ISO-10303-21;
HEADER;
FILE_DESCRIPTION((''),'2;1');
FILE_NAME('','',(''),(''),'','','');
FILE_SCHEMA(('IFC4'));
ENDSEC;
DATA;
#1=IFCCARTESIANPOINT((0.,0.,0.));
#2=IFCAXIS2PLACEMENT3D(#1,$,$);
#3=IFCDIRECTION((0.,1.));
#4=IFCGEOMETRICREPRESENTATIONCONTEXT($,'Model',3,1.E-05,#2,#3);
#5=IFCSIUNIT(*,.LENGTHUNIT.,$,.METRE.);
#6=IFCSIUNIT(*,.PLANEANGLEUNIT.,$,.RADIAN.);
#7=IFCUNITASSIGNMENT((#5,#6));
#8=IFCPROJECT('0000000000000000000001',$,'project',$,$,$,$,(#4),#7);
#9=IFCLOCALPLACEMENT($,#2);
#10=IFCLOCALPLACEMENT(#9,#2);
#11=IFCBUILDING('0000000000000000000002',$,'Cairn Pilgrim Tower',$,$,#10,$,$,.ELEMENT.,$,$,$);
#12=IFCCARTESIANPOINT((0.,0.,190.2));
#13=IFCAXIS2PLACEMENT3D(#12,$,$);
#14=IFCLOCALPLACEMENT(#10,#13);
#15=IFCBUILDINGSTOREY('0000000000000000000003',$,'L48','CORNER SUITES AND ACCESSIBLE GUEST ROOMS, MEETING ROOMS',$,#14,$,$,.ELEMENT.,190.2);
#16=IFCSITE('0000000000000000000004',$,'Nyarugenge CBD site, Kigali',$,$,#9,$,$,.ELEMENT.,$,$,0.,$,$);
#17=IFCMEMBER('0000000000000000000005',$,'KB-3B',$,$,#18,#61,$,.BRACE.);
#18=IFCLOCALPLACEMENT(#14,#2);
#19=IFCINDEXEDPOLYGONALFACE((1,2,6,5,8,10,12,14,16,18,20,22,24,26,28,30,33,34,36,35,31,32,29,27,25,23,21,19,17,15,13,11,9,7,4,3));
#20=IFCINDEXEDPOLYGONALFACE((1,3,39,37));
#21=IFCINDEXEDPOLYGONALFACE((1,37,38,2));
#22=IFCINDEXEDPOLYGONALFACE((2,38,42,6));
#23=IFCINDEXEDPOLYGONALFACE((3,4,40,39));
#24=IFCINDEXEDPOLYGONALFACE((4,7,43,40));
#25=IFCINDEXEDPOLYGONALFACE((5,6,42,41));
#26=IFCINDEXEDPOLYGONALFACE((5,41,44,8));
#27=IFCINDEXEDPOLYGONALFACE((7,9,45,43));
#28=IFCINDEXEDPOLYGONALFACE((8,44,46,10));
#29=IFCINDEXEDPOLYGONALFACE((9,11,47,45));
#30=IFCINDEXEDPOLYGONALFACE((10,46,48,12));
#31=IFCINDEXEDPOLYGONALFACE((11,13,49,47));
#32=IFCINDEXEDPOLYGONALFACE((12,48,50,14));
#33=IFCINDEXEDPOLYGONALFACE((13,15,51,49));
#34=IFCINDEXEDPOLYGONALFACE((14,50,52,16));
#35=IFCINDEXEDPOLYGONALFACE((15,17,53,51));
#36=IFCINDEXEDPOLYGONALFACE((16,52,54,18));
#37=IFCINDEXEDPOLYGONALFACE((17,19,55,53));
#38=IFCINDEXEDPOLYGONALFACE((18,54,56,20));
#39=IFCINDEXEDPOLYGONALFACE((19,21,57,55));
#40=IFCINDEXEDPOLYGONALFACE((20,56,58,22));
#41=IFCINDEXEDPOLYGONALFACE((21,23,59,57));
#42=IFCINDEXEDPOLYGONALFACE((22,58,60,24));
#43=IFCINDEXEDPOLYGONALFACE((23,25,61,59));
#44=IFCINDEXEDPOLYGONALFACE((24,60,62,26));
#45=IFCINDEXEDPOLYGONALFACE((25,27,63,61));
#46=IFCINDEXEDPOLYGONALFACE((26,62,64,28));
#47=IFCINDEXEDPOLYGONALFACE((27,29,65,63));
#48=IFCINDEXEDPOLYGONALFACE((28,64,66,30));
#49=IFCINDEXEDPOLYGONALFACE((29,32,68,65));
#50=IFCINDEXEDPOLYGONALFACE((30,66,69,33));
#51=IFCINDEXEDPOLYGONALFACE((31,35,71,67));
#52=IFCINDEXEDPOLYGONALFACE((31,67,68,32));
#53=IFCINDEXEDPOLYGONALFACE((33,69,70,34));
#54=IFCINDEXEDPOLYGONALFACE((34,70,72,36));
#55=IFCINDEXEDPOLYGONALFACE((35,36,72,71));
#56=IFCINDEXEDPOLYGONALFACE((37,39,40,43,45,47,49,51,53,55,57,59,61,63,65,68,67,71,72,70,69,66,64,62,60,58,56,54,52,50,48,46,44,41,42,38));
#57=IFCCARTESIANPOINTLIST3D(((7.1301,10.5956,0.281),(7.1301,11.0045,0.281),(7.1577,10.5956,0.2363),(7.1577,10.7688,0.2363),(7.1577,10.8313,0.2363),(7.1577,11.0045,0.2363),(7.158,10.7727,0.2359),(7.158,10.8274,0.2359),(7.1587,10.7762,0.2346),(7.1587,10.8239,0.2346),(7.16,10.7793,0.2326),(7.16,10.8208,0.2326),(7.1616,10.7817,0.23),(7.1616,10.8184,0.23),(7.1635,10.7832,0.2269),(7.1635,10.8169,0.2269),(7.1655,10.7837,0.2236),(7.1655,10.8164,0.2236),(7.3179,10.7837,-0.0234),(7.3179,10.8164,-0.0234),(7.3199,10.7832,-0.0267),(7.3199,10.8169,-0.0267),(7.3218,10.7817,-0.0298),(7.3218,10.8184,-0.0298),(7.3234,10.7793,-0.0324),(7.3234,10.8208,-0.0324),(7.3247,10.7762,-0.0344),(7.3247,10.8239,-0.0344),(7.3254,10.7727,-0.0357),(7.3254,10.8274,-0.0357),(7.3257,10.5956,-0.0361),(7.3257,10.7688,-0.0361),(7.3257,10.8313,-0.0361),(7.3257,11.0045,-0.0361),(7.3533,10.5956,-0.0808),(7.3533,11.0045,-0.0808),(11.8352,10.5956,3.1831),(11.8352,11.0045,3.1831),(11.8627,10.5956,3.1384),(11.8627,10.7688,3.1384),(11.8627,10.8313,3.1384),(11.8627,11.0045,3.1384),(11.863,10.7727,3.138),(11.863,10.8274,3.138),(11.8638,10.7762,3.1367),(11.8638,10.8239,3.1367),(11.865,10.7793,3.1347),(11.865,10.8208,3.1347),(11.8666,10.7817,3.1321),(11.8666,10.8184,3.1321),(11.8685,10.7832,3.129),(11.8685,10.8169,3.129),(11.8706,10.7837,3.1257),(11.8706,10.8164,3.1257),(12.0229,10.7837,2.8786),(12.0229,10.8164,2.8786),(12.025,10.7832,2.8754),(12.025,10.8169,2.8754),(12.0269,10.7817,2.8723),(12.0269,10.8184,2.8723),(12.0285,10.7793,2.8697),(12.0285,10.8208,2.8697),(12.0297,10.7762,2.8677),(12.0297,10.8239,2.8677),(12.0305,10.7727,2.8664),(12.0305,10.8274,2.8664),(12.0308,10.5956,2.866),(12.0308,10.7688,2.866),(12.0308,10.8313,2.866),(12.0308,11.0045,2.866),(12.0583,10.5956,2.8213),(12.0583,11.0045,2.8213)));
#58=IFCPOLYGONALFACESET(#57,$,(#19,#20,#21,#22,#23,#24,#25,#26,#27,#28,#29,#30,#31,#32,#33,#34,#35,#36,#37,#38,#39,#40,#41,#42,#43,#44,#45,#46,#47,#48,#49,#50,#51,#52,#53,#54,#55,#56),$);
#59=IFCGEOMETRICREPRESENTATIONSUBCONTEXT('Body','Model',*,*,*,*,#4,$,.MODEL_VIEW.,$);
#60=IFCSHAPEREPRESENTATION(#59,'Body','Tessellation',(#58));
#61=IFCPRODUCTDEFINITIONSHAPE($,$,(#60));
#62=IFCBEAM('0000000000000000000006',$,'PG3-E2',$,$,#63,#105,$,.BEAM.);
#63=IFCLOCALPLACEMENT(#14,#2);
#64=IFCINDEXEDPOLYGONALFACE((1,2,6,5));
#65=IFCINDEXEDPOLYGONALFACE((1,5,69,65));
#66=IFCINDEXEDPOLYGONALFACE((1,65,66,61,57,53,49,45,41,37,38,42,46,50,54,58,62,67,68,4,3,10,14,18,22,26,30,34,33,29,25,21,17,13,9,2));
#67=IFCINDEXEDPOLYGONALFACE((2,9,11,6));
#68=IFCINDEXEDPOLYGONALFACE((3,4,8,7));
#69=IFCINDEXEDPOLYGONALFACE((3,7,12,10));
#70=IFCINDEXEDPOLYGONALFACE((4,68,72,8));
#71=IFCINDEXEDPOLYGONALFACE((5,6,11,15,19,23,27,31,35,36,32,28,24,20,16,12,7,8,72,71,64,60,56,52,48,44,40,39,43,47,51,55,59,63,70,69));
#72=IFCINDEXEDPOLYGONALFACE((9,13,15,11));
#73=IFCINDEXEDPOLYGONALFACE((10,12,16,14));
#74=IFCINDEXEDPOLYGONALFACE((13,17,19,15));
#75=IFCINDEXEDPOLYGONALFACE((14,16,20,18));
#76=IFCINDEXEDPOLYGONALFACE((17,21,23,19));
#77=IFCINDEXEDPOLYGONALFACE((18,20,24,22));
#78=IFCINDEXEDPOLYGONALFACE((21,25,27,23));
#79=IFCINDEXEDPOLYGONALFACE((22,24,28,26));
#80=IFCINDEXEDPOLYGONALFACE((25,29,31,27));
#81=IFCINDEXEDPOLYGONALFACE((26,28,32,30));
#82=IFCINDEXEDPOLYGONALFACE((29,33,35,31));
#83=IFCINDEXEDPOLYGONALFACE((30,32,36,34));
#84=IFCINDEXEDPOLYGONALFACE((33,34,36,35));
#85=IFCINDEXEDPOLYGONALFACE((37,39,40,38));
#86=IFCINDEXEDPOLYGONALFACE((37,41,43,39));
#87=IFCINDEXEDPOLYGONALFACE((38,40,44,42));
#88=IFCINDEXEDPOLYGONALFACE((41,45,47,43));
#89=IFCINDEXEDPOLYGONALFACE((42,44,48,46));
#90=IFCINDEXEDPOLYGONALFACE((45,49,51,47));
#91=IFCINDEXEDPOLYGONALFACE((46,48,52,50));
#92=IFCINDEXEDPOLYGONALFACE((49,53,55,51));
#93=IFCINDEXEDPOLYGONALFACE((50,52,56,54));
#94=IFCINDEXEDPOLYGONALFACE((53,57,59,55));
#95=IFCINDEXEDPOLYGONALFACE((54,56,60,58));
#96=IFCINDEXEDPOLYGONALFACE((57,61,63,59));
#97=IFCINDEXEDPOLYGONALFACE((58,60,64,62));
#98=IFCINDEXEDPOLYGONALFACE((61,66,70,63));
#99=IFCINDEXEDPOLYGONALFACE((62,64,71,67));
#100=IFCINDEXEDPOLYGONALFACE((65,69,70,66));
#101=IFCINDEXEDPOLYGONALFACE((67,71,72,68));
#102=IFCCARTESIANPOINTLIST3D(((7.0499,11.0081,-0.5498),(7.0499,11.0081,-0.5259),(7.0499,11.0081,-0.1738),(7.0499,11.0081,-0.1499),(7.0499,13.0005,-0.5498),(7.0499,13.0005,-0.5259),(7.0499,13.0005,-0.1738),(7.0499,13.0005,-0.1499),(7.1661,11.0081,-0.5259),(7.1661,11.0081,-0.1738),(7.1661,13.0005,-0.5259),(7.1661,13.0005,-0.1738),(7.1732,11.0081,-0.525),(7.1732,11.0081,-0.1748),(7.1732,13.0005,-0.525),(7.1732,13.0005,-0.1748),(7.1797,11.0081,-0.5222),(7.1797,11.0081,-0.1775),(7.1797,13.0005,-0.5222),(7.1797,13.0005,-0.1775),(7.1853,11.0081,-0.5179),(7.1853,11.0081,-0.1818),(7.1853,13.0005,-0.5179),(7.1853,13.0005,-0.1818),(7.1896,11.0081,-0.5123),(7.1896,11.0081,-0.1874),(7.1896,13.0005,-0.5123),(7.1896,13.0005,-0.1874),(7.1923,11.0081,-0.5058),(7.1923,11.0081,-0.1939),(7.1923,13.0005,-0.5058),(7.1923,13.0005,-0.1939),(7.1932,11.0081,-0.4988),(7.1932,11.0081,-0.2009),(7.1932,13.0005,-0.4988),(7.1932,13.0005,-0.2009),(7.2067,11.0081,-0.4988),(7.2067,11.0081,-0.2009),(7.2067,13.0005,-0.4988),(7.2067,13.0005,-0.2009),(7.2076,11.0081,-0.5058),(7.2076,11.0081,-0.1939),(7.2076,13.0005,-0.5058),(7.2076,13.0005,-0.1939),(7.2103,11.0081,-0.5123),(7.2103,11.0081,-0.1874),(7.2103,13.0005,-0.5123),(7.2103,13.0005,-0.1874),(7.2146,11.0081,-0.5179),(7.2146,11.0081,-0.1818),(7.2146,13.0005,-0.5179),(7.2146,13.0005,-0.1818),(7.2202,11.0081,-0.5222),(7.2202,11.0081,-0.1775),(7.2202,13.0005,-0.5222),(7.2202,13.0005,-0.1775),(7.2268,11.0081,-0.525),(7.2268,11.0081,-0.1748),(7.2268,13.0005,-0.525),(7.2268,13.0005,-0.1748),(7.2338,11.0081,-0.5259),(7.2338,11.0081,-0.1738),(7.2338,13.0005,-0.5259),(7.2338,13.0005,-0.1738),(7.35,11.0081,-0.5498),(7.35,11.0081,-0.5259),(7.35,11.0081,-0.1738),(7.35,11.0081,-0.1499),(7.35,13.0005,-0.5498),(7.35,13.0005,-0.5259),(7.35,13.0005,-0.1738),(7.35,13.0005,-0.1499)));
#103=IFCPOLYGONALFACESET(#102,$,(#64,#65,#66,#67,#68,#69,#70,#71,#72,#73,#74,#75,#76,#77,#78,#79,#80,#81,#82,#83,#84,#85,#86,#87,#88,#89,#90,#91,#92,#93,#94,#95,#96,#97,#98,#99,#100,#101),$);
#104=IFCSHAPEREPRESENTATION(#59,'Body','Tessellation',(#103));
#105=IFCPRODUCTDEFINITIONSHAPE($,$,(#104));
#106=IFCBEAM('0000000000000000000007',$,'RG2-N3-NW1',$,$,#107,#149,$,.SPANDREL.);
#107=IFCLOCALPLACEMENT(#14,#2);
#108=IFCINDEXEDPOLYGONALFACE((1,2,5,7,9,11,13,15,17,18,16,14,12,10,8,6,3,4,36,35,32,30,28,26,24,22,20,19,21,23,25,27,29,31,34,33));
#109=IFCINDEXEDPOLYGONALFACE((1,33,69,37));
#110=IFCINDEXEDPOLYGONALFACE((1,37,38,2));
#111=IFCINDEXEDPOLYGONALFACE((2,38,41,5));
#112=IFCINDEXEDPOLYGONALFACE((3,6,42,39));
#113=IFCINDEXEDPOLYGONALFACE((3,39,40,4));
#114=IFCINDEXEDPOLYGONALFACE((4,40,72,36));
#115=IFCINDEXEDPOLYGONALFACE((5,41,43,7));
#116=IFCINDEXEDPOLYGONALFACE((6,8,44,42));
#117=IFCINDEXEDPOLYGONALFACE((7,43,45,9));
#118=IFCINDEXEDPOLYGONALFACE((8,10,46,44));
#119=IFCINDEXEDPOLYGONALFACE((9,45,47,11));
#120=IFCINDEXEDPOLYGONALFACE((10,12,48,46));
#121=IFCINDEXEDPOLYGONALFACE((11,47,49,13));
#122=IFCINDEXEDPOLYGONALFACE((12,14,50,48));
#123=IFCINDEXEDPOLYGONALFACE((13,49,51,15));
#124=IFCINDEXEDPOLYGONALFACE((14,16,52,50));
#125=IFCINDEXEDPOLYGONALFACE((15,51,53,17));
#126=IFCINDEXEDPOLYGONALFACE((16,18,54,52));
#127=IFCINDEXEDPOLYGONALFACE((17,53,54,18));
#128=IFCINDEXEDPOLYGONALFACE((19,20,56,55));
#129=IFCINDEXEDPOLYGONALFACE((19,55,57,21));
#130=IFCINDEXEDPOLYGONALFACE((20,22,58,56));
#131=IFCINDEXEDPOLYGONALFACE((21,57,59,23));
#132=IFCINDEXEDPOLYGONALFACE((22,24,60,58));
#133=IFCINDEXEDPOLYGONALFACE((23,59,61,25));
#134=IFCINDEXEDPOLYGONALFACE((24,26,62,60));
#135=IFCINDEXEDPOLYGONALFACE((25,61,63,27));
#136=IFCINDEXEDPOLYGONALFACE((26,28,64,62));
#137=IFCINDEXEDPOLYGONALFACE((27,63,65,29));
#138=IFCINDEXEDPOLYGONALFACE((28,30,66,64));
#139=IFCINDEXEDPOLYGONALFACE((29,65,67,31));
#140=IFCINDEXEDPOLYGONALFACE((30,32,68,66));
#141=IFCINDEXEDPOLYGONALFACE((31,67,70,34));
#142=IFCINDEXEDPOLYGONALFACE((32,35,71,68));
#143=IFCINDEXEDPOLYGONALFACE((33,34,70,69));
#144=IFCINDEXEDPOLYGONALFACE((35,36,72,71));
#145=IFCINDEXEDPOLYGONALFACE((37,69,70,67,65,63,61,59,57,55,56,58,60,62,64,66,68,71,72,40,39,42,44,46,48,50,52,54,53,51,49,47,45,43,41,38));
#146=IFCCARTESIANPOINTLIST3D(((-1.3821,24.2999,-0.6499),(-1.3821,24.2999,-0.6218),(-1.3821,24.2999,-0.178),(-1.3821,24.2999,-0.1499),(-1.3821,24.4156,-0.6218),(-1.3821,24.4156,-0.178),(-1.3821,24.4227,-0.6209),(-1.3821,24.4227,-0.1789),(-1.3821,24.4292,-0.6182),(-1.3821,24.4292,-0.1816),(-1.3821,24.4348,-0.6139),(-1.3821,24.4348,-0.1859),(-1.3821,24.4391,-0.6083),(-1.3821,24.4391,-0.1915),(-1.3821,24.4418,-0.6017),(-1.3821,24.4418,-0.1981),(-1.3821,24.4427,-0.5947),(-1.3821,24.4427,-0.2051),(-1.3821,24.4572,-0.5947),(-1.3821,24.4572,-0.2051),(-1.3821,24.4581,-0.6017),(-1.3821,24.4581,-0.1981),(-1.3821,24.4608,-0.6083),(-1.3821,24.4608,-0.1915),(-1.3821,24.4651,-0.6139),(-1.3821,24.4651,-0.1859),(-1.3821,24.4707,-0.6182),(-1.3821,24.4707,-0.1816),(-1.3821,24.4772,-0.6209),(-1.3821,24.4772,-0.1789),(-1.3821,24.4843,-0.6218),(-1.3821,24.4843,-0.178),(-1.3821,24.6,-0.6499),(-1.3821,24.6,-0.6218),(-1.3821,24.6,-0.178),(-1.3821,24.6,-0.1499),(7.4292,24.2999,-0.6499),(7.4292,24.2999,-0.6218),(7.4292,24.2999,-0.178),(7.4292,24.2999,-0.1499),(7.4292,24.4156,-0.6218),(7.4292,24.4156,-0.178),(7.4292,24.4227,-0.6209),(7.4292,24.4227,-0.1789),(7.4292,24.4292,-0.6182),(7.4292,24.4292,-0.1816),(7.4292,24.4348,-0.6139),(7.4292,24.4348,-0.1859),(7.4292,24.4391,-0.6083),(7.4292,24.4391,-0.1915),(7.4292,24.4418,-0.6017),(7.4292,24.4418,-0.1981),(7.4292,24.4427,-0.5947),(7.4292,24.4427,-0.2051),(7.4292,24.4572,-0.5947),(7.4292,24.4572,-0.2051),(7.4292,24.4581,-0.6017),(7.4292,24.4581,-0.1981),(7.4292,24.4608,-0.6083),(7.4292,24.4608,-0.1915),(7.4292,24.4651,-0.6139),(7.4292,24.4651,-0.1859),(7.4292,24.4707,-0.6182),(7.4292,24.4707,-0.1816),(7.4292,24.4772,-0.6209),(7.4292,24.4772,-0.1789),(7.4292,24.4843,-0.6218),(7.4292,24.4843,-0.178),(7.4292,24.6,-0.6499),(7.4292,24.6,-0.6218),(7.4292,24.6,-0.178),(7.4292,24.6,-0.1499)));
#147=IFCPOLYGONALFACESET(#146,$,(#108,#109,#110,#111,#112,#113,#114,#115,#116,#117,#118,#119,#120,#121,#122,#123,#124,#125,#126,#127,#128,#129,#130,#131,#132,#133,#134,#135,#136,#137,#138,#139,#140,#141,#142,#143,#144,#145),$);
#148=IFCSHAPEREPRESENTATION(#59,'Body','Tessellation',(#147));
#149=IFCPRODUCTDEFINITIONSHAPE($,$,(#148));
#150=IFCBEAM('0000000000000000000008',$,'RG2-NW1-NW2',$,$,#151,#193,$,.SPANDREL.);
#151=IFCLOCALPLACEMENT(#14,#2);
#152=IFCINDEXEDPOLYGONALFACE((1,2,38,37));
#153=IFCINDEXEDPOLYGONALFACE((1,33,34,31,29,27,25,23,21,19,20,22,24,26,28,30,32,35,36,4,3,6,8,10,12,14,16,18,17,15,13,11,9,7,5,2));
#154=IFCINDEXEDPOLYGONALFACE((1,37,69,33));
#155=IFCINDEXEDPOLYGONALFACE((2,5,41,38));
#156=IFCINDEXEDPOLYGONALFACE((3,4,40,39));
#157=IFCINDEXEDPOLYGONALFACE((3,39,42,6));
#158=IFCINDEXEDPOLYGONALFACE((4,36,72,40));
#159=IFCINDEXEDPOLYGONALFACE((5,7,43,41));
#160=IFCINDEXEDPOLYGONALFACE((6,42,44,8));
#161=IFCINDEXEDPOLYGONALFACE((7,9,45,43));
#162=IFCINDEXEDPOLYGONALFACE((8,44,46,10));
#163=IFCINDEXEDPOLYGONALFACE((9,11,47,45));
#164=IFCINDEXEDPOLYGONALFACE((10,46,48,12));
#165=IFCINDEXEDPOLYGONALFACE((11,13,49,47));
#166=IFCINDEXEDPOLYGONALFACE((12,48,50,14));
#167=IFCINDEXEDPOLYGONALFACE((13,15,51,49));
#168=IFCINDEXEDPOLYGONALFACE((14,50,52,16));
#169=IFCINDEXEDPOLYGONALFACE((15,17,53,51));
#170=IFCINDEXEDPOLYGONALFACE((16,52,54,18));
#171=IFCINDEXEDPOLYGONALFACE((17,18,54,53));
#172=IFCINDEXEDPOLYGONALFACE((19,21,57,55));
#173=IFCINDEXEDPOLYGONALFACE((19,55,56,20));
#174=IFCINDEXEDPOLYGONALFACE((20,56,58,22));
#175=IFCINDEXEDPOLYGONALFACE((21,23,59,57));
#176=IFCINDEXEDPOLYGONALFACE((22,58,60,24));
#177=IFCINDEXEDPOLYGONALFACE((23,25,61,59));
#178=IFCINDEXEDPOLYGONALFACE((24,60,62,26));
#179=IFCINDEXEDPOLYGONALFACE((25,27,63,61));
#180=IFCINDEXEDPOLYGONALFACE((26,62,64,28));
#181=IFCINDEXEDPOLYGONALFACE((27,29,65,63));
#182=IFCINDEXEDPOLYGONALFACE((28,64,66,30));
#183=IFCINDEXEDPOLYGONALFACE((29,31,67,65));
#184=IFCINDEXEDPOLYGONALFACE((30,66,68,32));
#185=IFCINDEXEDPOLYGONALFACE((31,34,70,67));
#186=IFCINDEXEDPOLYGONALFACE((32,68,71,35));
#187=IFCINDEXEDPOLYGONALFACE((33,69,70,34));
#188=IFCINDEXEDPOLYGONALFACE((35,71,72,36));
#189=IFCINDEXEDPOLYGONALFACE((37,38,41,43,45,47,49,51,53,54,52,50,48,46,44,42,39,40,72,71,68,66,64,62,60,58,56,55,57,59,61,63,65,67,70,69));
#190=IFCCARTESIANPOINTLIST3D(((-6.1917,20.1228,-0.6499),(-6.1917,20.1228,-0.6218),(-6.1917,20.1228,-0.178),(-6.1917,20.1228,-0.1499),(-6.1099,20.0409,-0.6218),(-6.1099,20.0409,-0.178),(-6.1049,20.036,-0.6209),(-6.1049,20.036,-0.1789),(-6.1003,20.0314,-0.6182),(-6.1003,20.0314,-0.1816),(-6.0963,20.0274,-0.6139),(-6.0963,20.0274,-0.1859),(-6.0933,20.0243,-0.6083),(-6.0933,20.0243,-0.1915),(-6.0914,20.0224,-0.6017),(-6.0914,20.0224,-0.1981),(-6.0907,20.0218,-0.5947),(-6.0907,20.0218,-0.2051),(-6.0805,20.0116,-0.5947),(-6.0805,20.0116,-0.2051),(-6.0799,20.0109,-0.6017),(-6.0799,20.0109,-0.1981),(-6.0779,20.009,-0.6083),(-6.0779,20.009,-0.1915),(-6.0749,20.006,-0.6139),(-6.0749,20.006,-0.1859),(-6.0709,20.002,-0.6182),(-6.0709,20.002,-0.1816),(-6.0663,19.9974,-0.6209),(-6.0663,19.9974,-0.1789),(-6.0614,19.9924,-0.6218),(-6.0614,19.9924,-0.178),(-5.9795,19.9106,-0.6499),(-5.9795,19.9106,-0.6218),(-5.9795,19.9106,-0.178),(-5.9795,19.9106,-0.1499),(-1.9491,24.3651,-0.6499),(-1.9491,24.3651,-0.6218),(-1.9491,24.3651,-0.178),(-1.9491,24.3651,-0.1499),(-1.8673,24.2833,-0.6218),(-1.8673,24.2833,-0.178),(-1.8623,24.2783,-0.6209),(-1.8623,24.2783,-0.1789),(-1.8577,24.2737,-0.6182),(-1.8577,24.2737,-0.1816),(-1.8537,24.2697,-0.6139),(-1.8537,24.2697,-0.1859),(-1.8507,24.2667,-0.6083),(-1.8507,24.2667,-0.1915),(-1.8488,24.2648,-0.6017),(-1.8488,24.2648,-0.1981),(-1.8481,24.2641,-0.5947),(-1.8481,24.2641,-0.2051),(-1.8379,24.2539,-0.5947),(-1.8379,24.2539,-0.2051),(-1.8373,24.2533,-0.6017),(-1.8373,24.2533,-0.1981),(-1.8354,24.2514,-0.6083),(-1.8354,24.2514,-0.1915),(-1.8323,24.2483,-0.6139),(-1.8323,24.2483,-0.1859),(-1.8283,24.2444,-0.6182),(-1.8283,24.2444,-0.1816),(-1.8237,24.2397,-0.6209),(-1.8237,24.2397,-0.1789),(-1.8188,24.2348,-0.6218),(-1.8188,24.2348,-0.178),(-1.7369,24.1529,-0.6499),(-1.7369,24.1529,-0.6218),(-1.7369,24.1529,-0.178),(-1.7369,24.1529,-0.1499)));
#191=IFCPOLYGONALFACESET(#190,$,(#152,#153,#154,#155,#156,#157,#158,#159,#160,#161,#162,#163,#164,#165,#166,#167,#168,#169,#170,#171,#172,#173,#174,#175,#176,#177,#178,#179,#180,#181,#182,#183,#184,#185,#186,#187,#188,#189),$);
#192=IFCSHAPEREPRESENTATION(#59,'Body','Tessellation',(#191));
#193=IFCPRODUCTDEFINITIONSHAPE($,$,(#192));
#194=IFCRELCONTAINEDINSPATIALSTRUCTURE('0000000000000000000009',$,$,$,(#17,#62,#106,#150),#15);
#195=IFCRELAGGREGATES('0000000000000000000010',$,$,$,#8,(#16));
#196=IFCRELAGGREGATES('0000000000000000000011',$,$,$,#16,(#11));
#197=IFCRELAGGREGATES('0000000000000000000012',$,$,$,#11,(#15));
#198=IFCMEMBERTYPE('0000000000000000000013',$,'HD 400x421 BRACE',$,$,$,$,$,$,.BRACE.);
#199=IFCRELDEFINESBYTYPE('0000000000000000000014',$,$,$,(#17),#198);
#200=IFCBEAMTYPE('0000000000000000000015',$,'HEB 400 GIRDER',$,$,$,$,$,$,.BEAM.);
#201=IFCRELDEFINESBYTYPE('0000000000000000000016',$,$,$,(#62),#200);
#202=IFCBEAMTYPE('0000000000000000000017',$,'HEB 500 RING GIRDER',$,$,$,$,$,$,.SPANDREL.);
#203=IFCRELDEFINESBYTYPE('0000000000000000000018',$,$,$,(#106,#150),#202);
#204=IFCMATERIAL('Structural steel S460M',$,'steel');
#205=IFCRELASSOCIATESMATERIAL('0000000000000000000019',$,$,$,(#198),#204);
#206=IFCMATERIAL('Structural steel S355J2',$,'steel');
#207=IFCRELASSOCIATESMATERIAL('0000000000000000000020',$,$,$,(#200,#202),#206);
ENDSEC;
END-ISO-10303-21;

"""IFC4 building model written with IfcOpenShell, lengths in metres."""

from ifc_helpers import new_model, si_unit, direction, frame, origin, origin_2d, place, context, subcontext, project, spatial, i_section, extrude, material, material_profile, profile_set, type_object, element, save


model = new_model("IFC4")

# Units and contexts
model_context = context("Model", 3, precision=1e-05, world=origin(), true_north=direction((0.0, 1.0)))
body_context = subcontext(model_context, "Body", "Model", "MODEL_VIEW")
ifc_project = project(units=[si_unit("LENGTHUNIT", "METRE"), si_unit("PLANEANGLEUNIT", "RADIAN")], contexts=[model_context])

# Site, building, storey
site_placement = place(None, origin())
site = spatial("IfcSite", under=ifc_project, at=site_placement, Name="Nyarugenge CBD site, Kigali", CompositionType="ELEMENT", RefElevation=0.0)
building_placement = place(site_placement, origin())
building = spatial("IfcBuilding", under=site, at=building_placement, Name="Cairn Pilgrim Tower", CompositionType="ELEMENT")
storey_placement = place(building_placement, frame((0.0, 0.0, 190.2)))
storey = spatial("IfcBuildingStorey", under=building, at=storey_placement, Name="L48", Description="CORNER SUITES AND ACCESSIBLE GUEST ROOMS, MEETING ROOMS", CompositionType="ELEMENT", Elevation=190.2)

# Shared definitions
ifc_material_1 = material(Name="Structural steel S460M", Category="steel")
ifc_material_2 = material(Name="Structural steel S355J2", Category="steel")

# Member
ifc_material_profile_1 = material_profile(ifc_material_1, i_section(OverallWidth=0.4089, OverallDepth=0.425, WebThickness=0.0327, FlangeThickness=0.0525, FilletRadius=0.0149, at=origin_2d()), Name="HD 400x421")
ifc_profile_set_1 = profile_set([ifc_material_profile_1], Name="Structural steel S460M")
member_type_1 = type_object("IfcMemberType", Name="HD 400x421 BRACE", PredefinedType="BRACE", material=ifc_profile_set_1)
member_1_placement = place(storey_placement, frame((7.2417, 10.8, 0.1001), z_axis=(0.85112, 0.0, 0.524972), x_axis=(0.0, 1.0, 0.0)))
element("IfcMember", 1, at=member_1_placement, inside=storey, type_object=member_type_1, Name="KB-3B", PredefinedType="BRACE", context=body_context, shape_type="SweptSolid", body=[
    extrude(i_section(OverallWidth=0.4089, OverallDepth=0.425, WebThickness=0.0327, FlangeThickness=0.0525, FilletRadius=0.0149, at=origin_2d()), origin(), (0.0, 0.0, 1.0), 5.5281),
])

# Beams
ifc_material_profile_2 = material_profile(ifc_material_2, i_section(OverallWidth=0.3, OverallDepth=0.3999, WebThickness=0.0134, FlangeThickness=0.0239, FilletRadius=0.0271, at=origin_2d()), Name="HEB 400")
ifc_profile_set_2 = profile_set([ifc_material_profile_2], Name="Structural steel S355J2")
beam_type_1 = type_object("IfcBeamType", Name="HEB 400 GIRDER", PredefinedType="BEAM", material=ifc_profile_set_2)
beam_1_placement = place(storey_placement, frame((7.2, 11.0081, -0.3499), z_axis=(0.0, 1.0, 0.0), x_axis=(-1.0, 0.0, 0.0)))
element("IfcBeam", 2, at=beam_1_placement, inside=storey, type_object=beam_type_1, Name="PG3-E2", PredefinedType="BEAM", context=body_context, shape_type="SweptSolid", body=[
    extrude(i_section(OverallWidth=0.3, OverallDepth=0.3999, WebThickness=0.0134, FlangeThickness=0.0239, FilletRadius=0.0271, at=origin_2d()), origin(), (0.0, 0.0, 1.0), 1.9924),
])
ifc_material_profile_3 = material_profile(ifc_material_2, i_section(OverallWidth=0.3, OverallDepth=0.5, WebThickness=0.0144, FlangeThickness=0.0281, FilletRadius=0.0271, at=origin_2d()), Name="HEB 500")
ifc_profile_set_3 = profile_set([ifc_material_profile_3], Name="Structural steel S355J2")
beam_type_2 = type_object("IfcBeamType", Name="HEB 500 RING GIRDER", PredefinedType="SPANDREL", material=ifc_profile_set_3)
beam_2_placement = place(storey_placement, frame((7.4292, 24.45, -0.3999), z_axis=(-1.0, 0.0, 0.0), x_axis=(0.0, -1.0, 0.0)))
element("IfcBeam", 3, at=beam_2_placement, inside=storey, type_object=beam_type_2, Name="RG2-N3-NW1", PredefinedType="SPANDREL", context=body_context, shape_type="SweptSolid", body=[
    extrude(i_section(OverallWidth=0.3, OverallDepth=0.5, WebThickness=0.0144, FlangeThickness=0.0281, FilletRadius=0.0271, at=origin_2d()), origin(), (0.0, 0.0, 1.0), 8.8113),
])
beam_3_placement = place(storey_placement, frame((-1.843, 24.259, -0.3999), z_axis=(-0.707127, -0.707086, 0.0), x_axis=(0.707086, -0.707127, 0.0)))
element("IfcBeam", 4, at=beam_3_placement, inside=storey, type_object=beam_type_2, Name="RG2-NW1-NW2", PredefinedType="SPANDREL", context=body_context, shape_type="SweptSolid", body=[
    extrude(i_section(OverallWidth=0.3, OverallDepth=0.5, WebThickness=0.0144, FlangeThickness=0.0281, FilletRadius=0.0271, at=origin_2d()), origin(), (0.0, 0.0, 1.0), 5.9998),
])

save(model, "model.ifc")
